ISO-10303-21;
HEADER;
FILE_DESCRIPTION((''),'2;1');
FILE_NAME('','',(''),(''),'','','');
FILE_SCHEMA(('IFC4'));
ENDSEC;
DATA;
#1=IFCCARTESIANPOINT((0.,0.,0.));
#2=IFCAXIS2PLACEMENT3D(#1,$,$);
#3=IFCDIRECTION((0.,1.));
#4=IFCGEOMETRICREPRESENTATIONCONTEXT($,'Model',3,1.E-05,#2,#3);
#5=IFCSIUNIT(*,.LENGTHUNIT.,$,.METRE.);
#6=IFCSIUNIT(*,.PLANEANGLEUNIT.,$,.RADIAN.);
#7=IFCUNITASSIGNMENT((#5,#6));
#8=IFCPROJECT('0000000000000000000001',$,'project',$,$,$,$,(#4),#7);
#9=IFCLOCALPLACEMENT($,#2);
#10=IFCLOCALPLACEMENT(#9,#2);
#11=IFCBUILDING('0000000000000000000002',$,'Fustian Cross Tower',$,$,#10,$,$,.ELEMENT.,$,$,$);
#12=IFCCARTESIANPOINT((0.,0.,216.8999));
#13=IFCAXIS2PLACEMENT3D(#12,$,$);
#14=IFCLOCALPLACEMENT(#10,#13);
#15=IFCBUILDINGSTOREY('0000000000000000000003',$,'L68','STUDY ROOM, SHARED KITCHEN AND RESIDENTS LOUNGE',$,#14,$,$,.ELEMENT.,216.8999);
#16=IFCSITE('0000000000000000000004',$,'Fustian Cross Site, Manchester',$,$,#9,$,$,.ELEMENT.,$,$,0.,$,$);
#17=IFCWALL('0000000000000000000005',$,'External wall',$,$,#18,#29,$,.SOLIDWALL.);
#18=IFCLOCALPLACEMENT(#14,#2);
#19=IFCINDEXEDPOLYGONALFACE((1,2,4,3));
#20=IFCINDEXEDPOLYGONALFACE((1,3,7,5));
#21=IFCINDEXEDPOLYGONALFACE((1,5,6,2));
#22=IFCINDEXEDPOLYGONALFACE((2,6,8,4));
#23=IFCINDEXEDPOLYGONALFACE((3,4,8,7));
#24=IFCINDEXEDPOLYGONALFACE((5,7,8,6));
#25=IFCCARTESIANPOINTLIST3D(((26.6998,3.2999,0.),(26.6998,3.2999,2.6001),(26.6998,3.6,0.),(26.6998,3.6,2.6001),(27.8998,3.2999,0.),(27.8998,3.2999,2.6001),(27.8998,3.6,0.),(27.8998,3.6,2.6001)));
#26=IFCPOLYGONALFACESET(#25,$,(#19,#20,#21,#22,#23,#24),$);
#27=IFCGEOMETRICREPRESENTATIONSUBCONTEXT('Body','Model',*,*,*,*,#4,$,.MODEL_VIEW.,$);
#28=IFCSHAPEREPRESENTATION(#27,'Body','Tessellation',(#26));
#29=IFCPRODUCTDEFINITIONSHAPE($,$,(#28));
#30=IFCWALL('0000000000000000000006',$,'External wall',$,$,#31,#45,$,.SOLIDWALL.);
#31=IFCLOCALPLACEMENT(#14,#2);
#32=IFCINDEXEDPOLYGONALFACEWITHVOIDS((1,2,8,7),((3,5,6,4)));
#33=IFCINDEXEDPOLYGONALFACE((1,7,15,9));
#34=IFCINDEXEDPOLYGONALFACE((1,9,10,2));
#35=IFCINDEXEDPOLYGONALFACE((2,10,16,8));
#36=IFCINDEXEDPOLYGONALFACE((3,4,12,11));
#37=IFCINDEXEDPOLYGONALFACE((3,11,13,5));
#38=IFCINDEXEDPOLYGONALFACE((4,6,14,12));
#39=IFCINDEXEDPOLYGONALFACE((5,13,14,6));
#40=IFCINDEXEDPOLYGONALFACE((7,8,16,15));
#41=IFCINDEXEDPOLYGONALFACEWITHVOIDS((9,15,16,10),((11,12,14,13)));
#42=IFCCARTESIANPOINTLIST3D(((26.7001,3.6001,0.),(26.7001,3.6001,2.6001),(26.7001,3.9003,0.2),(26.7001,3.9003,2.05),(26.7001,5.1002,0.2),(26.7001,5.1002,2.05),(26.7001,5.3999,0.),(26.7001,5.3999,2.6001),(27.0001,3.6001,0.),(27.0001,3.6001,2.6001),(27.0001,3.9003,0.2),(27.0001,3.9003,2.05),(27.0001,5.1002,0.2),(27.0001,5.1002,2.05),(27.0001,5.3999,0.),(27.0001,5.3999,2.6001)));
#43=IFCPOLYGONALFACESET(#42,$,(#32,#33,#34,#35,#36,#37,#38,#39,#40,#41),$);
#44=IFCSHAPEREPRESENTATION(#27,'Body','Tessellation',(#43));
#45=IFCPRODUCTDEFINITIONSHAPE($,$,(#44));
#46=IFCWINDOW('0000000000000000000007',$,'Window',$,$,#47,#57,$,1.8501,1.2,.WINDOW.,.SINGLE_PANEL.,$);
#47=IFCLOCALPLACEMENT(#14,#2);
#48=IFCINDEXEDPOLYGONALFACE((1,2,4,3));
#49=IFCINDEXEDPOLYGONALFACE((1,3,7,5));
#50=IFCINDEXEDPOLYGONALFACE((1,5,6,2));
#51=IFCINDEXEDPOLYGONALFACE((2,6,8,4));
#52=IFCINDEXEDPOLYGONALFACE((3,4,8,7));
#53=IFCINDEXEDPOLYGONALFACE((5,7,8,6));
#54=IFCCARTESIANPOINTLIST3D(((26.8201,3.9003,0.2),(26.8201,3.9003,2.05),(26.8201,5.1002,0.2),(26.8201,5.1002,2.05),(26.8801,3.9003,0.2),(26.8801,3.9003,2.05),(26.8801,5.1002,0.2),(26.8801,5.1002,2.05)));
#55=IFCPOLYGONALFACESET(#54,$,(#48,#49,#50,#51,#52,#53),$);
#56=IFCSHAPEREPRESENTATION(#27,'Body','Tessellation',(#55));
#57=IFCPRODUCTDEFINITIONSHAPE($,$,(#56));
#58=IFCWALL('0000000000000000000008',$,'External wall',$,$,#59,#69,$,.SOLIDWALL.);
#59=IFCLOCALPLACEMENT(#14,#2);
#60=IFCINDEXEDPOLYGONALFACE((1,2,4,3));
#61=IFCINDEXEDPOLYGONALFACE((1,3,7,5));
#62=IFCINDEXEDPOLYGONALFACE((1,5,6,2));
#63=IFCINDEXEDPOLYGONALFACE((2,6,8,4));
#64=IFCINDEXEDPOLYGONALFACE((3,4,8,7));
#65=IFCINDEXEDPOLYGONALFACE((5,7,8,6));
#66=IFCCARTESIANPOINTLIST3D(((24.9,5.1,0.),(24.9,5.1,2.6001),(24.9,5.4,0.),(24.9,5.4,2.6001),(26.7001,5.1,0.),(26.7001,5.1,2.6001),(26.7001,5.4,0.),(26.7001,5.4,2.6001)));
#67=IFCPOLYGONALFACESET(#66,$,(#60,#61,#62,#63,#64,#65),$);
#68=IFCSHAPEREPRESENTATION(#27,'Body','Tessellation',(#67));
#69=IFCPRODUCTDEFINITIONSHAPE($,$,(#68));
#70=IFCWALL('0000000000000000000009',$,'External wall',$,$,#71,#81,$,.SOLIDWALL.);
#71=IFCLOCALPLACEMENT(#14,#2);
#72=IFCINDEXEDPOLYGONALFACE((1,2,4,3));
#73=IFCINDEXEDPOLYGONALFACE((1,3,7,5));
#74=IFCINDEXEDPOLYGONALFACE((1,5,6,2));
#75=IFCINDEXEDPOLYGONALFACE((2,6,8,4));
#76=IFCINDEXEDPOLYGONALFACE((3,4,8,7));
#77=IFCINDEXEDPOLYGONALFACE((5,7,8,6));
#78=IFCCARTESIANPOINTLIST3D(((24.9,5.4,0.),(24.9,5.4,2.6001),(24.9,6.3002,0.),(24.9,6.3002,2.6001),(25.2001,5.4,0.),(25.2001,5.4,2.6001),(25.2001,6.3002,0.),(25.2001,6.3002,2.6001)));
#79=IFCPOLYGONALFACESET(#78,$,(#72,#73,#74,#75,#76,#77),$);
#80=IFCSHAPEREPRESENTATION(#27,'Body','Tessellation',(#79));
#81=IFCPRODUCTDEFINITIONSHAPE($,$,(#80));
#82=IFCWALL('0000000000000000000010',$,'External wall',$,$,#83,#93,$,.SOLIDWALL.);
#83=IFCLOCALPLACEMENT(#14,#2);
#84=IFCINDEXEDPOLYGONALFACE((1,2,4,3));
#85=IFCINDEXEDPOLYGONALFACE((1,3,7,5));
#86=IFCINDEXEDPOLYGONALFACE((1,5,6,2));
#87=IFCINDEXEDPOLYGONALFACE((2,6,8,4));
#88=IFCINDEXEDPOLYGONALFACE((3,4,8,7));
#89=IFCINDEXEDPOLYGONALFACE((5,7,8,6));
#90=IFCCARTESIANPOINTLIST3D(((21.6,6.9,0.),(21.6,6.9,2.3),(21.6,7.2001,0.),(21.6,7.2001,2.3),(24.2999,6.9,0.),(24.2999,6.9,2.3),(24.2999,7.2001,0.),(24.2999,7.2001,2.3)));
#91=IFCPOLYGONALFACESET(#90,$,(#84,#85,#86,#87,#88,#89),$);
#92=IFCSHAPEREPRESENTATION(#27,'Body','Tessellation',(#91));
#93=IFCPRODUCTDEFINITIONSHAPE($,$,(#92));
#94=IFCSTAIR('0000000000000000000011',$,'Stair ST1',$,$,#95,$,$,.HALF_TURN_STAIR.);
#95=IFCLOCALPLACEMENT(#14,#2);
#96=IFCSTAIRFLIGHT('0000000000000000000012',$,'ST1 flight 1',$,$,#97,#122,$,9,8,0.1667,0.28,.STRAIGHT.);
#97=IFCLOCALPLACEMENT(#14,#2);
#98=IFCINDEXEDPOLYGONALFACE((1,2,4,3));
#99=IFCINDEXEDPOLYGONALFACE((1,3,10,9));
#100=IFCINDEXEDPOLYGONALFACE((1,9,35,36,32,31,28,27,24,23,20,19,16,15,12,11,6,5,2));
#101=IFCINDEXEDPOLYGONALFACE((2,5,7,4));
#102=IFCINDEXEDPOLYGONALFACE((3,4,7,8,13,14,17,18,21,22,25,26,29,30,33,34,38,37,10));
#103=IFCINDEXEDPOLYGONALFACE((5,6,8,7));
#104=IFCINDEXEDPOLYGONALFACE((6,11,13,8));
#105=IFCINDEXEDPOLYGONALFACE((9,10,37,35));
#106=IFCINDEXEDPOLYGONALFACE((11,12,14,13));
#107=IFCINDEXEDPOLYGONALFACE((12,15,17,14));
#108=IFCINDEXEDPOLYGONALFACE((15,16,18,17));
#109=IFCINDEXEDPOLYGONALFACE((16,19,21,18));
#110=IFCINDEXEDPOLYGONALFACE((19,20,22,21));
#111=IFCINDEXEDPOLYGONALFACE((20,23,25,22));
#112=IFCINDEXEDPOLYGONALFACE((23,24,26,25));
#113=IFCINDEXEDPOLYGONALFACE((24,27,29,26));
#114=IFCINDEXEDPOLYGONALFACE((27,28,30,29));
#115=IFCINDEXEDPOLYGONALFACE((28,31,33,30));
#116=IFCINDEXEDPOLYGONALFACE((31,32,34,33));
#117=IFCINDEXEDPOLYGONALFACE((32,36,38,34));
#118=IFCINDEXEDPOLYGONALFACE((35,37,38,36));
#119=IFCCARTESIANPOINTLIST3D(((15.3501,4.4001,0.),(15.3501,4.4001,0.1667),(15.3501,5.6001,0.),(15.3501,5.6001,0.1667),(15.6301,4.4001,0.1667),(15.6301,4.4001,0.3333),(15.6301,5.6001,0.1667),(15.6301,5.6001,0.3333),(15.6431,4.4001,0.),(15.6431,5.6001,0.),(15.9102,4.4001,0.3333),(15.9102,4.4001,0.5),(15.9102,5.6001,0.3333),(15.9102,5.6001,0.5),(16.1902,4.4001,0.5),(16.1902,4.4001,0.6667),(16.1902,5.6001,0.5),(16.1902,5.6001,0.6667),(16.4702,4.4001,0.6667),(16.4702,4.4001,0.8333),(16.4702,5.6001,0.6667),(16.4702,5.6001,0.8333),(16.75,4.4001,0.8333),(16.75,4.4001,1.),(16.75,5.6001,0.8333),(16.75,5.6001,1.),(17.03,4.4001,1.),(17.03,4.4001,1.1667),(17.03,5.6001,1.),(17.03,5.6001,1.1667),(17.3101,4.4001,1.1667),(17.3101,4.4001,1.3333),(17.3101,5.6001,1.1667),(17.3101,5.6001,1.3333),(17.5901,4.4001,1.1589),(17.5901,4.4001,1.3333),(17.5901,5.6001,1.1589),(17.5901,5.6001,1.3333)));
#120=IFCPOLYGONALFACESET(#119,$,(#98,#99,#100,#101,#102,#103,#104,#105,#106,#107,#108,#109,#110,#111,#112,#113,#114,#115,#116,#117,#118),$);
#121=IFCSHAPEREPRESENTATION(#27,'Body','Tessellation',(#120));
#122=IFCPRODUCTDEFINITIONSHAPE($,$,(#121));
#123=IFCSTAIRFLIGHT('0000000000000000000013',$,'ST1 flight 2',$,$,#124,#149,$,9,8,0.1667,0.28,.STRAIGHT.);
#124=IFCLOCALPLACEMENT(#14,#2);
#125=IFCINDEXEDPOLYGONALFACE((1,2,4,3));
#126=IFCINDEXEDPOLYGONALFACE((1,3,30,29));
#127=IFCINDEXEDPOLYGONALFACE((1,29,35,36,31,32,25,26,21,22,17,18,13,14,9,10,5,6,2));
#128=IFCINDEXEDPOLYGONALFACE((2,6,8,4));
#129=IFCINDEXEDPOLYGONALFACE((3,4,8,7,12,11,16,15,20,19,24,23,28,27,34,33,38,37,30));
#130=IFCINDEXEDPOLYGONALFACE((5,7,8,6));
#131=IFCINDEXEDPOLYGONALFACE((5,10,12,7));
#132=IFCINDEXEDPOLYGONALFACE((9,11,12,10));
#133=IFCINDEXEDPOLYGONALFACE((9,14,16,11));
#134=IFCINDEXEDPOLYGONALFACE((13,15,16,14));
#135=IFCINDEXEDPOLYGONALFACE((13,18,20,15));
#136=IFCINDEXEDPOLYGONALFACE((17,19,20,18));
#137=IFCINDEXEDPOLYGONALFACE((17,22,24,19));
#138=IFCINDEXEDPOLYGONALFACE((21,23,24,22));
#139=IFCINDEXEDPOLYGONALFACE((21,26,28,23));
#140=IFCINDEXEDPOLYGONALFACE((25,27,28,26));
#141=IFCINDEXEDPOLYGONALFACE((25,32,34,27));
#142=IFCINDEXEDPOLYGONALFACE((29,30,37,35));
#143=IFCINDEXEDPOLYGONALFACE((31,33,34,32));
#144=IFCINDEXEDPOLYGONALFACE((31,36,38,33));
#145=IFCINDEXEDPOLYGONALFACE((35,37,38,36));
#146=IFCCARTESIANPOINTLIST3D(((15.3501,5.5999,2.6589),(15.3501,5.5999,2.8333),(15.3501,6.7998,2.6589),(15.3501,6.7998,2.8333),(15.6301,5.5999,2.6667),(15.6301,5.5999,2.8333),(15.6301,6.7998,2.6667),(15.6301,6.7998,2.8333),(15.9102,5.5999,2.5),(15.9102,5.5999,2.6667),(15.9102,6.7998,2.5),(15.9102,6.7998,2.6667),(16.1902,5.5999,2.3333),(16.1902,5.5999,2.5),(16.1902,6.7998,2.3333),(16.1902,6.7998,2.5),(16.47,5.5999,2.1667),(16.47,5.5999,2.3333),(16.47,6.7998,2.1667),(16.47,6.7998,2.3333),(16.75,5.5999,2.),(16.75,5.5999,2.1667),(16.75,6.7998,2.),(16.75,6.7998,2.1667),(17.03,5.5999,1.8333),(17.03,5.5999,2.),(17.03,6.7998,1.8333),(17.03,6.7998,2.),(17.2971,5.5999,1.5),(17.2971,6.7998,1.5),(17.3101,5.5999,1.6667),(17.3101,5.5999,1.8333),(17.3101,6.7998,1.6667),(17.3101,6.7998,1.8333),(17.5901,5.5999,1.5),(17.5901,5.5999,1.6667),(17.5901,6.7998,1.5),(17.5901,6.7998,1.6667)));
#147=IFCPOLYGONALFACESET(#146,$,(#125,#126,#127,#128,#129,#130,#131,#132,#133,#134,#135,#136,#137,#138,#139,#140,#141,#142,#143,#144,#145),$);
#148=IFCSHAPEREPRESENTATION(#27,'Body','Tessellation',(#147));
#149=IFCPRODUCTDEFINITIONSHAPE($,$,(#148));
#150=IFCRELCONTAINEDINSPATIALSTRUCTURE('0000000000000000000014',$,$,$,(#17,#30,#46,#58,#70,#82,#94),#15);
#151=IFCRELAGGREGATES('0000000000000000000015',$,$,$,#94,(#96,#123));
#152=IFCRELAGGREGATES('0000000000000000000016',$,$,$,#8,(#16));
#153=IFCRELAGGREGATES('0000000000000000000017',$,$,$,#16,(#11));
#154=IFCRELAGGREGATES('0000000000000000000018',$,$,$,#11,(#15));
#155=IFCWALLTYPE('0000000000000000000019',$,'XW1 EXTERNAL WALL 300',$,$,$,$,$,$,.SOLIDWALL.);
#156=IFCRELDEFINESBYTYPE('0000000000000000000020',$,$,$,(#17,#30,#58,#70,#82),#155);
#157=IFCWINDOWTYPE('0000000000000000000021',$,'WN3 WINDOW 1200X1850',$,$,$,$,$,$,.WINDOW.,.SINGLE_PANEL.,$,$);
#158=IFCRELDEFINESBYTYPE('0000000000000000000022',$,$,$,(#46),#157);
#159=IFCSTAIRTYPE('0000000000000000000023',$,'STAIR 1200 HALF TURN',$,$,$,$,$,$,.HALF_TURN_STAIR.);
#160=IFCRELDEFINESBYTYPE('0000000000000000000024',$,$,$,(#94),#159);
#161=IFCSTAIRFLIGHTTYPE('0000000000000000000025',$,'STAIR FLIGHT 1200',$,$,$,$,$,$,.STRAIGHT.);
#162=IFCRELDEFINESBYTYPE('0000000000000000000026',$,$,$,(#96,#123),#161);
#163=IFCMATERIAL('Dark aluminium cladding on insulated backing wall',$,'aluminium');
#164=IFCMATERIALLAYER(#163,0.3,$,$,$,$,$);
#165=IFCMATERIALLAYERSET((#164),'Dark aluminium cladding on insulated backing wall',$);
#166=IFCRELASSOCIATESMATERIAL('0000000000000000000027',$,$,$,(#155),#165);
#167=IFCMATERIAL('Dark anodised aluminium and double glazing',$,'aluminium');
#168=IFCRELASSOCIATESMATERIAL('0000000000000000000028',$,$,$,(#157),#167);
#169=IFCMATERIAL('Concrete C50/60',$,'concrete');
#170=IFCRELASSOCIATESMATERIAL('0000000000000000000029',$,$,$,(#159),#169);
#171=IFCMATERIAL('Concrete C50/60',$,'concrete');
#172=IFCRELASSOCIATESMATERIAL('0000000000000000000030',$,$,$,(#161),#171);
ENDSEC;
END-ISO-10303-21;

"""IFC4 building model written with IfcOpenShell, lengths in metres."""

from ifc_helpers import new_model, si_unit, direction, frame, frame_2d, origin, place, context, subcontext, project, spatial, polyline, rectangle, outline, extrude, material, layer, layer_set, type_object, element, fill, aggregate, save


model = new_model("IFC4")

# Units and contexts
model_context = context("Model", 3, precision=1e-05, world=origin(), true_north=direction((0.0, 1.0)))
body_context = subcontext(model_context, "Body", "Model", "MODEL_VIEW")
ifc_project = project(units=[si_unit("LENGTHUNIT", "METRE"), si_unit("PLANEANGLEUNIT", "RADIAN")], contexts=[model_context])

# Site, building, storey
site_placement = place(None, origin())
site = spatial("IfcSite", under=ifc_project, at=site_placement, Name="Fustian Cross Site, Manchester", CompositionType="ELEMENT", RefElevation=0.0)
building_placement = place(site_placement, origin())
building = spatial("IfcBuilding", under=site, at=building_placement, Name="Fustian Cross Tower", CompositionType="ELEMENT")
storey_placement = place(building_placement, frame((0.0, 0.0, 216.8999)))
storey = spatial("IfcBuildingStorey", under=building, at=storey_placement, Name="L68", Description="STUDY ROOM, SHARED KITCHEN AND RESIDENTS LOUNGE", CompositionType="ELEMENT", Elevation=216.8999)

# Wall
ifc_material_1 = material(Name="Dark aluminium cladding on insulated backing wall", Category="aluminium")
ifc_layer_1 = layer(ifc_material_1, 0.3)
ifc_layer_set_1 = layer_set([ifc_layer_1], Name="Dark aluminium cladding on insulated backing wall")
wall_type_1 = type_object("IfcWallType", Name="XW1 EXTERNAL WALL 300", PredefinedType="SOLIDWALL", material=ifc_layer_set_1)
wall_1_placement = place(storey_placement, frame((27.8999, 3.45, 0.0), z_axis=(0.0, 0.0, 1.0), x_axis=(-1.0, 0.0, 0.0)))
element("IfcWall", 1, at=wall_1_placement, inside=storey, type_object=wall_type_1, Name="External wall", PredefinedType="SOLIDWALL", context=body_context, shape_type="SweptSolid", body=[
    extrude(rectangle(XDim=1.2, YDim=0.3, at=frame_2d((0.6001, 0.0))), origin(), (0.0, 0.0, 1.0), 2.6001),
])

# Wall, opening, window
wall_2_placement = place(storey_placement, frame((26.8501, 3.6001, 0.0), z_axis=(0.0, 0.0, 1.0), x_axis=(0.0, 1.0, 0.0)))
wall_2 = element("IfcWall", 2, at=wall_2_placement, inside=storey, type_object=wall_type_1, Name="External wall", PredefinedType="SOLIDWALL", context=body_context, shape_type="SweptSolid", body=[
    extrude(rectangle(XDim=1.7998, YDim=0.3, at=frame_2d((0.8999, 0.0))), origin(), (0.0, 0.0, 1.0), 2.6001),
])
opening_1_placement = place(wall_2_placement, frame((0.3, 0.0, 0.2)))
opening_1 = element("IfcOpeningElement", 3, at=opening_1_placement, cuts=wall_2, PredefinedType="OPENING", context=body_context, shape_type="SweptSolid", body=[
    extrude(rectangle(XDim=1.2, YDim=1.8501, at=frame_2d((0.6001, 0.925))), frame((0.0, 0.1599, 0.0), z_axis=(0.0, -1.0, 0.0), x_axis=(1.0, 0.0, 0.0)), (0.0, 0.0, 1.0), 0.3201),
])
ifc_material_2 = material(Name="Dark anodised aluminium and double glazing", Category="aluminium")
window_type = type_object("IfcWindowType", Name="WN3 WINDOW 1200X1850", PartitioningType="SINGLE_PANEL", PredefinedType="WINDOW", material=ifc_material_2)
window_placement = place(opening_1_placement, origin())
window = element("IfcWindow", 4, at=window_placement, inside=storey, type_object=window_type, Name="Window", OverallHeight=1.8501, OverallWidth=1.2, PartitioningType="SINGLE_PANEL", PredefinedType="WINDOW", context=body_context, shape_type="SweptSolid", body=[
    extrude(rectangle(XDim=1.2, YDim=1.8501, at=frame_2d((0.6001, 0.925))), frame((0.0, 0.03, 0.0), z_axis=(0.0, -1.0, 0.0), x_axis=(1.0, 0.0, 0.0)), (0.0, 0.0, 1.0), 0.0601),
])
fill(opening_1, window)

# Walls
wall_3_placement = place(storey_placement, frame((26.7, 5.25, 0.0), z_axis=(0.0, 0.0, 1.0), x_axis=(-1.0, 0.0, 0.0)))
element("IfcWall", 5, at=wall_3_placement, inside=storey, type_object=wall_type_1, Name="External wall", PredefinedType="SOLIDWALL", context=body_context, shape_type="SweptSolid", body=[
    extrude(rectangle(XDim=1.8, YDim=0.3, at=frame_2d((0.8999, 0.0))), origin(), (0.0, 0.0, 1.0), 2.6001),
])
wall_4_placement = place(storey_placement, frame((25.05, 5.3999, 0.0), z_axis=(0.0, 0.0, 1.0), x_axis=(0.0, 1.0, 0.0)))
element("IfcWall", 6, at=wall_4_placement, inside=storey, type_object=wall_type_1, Name="External wall", PredefinedType="SOLIDWALL", context=body_context, shape_type="SweptSolid", body=[
    extrude(rectangle(XDim=0.9001, YDim=0.3, at=frame_2d((0.4502, 0.0))), origin(), (0.0, 0.0, 1.0), 2.6001),
])
wall_5_placement = place(storey_placement, frame((24.3, 7.05, 0.0), z_axis=(0.0, 0.0, 1.0), x_axis=(-1.0, 0.0, 0.0)))
element("IfcWall", 7, at=wall_5_placement, inside=storey, type_object=wall_type_1, Name="External wall", PredefinedType="SOLIDWALL", context=body_context, shape_type="SweptSolid", body=[
    extrude(rectangle(XDim=2.7, YDim=0.3, at=frame_2d((1.3501, 0.0))), origin(), (0.0, 0.0, 1.0), 2.3),
])

# Stair, stair flights
ifc_material_3 = material(Name="Concrete C50/60", Category="concrete")
stair_type = type_object("IfcStairType", Name="STAIR 1200 HALF TURN", PredefinedType="HALF_TURN_STAIR", material=ifc_material_3)
stair_placement = place(storey_placement, origin())
stair = element("IfcStair", 8, at=stair_placement, inside=storey, type_object=stair_type, Name="Stair ST1", PredefinedType="HALF_TURN_STAIR")
ifc_material_4 = material(Name="Concrete C50/60", Category="concrete")
stair_flight_type = type_object("IfcStairFlightType", Name="STAIR FLIGHT 1200", PredefinedType="STRAIGHT", material=ifc_material_4)
stair_flight_1_placement = place(storey_placement, frame((15.3501, 5.0, 0.0), z_axis=(0.0, 0.0, 1.0), x_axis=(1.0, 0.0, 0.0)))
stair_flight_1 = element("IfcStairFlight", 9, at=stair_flight_1_placement, type_object=stair_flight_type, Name="ST1 flight 1", NumberOfRisers=9, NumberOfTreads=8, PredefinedType="STRAIGHT", RiserHeight=0.1667, TreadLength=0.28, context=body_context, shape_type="SweptSolid", body=[
    extrude(outline(polyline([(0.0, 0.0), (0.0, 0.1667), (0.28, 0.1667), (0.28, 0.3333), (0.5601, 0.3333), (0.5601, 0.5), (0.8401, 0.5), (0.8401, 0.6667), (1.1201, 0.6667), (1.1201, 0.8333), (1.3999, 0.8333), (1.3999, 1.0), (1.6799, 1.0), (1.6799, 1.1667), (1.96, 1.1667), (1.96, 1.3333), (2.24, 1.3333), (2.24, 1.5), (2.24, 1.1589), (0.293, 0.0), (0.0, 0.0)])), frame((0.0, 0.6001, 0.0), z_axis=(0.0, -1.0, 0.0), x_axis=(1.0, 0.0, 0.0)), (0.0, 0.0, 1.0), 1.2),
])
stair_flight_2_placement = place(storey_placement, frame((17.5901, 6.2, 1.5), z_axis=(0.0, 0.0, 1.0), x_axis=(-1.0, 0.0, 0.0)))
stair_flight_2 = element("IfcStairFlight", 10, at=stair_flight_2_placement, type_object=stair_flight_type, Name="ST1 flight 2", NumberOfRisers=9, NumberOfTreads=8, PredefinedType="STRAIGHT", RiserHeight=0.1667, TreadLength=0.28, context=body_context, shape_type="SweptSolid", body=[
    extrude(outline(polyline([(0.0, 0.0), (0.0, 0.1667), (0.28, 0.1667), (0.28, 0.3333), (0.5601, 0.3333), (0.5601, 0.5), (0.8401, 0.5), (0.8401, 0.6667), (1.1201, 0.6667), (1.1201, 0.8333), (1.3999, 0.8333), (1.3999, 1.0), (1.6799, 1.0), (1.6799, 1.1667), (1.96, 1.1667), (1.96, 1.3333), (2.24, 1.3333), (2.24, 1.5), (2.24, 1.1589), (0.293, 0.0), (0.0, 0.0)])), frame((0.0, 0.6001, 0.0), z_axis=(0.0, -1.0, 0.0), x_axis=(1.0, 0.0, 0.0)), (0.0, 0.0, 1.0), 1.2),
])
aggregate(stair, [stair_flight_1, stair_flight_2])

save(model, "model.ifc")
